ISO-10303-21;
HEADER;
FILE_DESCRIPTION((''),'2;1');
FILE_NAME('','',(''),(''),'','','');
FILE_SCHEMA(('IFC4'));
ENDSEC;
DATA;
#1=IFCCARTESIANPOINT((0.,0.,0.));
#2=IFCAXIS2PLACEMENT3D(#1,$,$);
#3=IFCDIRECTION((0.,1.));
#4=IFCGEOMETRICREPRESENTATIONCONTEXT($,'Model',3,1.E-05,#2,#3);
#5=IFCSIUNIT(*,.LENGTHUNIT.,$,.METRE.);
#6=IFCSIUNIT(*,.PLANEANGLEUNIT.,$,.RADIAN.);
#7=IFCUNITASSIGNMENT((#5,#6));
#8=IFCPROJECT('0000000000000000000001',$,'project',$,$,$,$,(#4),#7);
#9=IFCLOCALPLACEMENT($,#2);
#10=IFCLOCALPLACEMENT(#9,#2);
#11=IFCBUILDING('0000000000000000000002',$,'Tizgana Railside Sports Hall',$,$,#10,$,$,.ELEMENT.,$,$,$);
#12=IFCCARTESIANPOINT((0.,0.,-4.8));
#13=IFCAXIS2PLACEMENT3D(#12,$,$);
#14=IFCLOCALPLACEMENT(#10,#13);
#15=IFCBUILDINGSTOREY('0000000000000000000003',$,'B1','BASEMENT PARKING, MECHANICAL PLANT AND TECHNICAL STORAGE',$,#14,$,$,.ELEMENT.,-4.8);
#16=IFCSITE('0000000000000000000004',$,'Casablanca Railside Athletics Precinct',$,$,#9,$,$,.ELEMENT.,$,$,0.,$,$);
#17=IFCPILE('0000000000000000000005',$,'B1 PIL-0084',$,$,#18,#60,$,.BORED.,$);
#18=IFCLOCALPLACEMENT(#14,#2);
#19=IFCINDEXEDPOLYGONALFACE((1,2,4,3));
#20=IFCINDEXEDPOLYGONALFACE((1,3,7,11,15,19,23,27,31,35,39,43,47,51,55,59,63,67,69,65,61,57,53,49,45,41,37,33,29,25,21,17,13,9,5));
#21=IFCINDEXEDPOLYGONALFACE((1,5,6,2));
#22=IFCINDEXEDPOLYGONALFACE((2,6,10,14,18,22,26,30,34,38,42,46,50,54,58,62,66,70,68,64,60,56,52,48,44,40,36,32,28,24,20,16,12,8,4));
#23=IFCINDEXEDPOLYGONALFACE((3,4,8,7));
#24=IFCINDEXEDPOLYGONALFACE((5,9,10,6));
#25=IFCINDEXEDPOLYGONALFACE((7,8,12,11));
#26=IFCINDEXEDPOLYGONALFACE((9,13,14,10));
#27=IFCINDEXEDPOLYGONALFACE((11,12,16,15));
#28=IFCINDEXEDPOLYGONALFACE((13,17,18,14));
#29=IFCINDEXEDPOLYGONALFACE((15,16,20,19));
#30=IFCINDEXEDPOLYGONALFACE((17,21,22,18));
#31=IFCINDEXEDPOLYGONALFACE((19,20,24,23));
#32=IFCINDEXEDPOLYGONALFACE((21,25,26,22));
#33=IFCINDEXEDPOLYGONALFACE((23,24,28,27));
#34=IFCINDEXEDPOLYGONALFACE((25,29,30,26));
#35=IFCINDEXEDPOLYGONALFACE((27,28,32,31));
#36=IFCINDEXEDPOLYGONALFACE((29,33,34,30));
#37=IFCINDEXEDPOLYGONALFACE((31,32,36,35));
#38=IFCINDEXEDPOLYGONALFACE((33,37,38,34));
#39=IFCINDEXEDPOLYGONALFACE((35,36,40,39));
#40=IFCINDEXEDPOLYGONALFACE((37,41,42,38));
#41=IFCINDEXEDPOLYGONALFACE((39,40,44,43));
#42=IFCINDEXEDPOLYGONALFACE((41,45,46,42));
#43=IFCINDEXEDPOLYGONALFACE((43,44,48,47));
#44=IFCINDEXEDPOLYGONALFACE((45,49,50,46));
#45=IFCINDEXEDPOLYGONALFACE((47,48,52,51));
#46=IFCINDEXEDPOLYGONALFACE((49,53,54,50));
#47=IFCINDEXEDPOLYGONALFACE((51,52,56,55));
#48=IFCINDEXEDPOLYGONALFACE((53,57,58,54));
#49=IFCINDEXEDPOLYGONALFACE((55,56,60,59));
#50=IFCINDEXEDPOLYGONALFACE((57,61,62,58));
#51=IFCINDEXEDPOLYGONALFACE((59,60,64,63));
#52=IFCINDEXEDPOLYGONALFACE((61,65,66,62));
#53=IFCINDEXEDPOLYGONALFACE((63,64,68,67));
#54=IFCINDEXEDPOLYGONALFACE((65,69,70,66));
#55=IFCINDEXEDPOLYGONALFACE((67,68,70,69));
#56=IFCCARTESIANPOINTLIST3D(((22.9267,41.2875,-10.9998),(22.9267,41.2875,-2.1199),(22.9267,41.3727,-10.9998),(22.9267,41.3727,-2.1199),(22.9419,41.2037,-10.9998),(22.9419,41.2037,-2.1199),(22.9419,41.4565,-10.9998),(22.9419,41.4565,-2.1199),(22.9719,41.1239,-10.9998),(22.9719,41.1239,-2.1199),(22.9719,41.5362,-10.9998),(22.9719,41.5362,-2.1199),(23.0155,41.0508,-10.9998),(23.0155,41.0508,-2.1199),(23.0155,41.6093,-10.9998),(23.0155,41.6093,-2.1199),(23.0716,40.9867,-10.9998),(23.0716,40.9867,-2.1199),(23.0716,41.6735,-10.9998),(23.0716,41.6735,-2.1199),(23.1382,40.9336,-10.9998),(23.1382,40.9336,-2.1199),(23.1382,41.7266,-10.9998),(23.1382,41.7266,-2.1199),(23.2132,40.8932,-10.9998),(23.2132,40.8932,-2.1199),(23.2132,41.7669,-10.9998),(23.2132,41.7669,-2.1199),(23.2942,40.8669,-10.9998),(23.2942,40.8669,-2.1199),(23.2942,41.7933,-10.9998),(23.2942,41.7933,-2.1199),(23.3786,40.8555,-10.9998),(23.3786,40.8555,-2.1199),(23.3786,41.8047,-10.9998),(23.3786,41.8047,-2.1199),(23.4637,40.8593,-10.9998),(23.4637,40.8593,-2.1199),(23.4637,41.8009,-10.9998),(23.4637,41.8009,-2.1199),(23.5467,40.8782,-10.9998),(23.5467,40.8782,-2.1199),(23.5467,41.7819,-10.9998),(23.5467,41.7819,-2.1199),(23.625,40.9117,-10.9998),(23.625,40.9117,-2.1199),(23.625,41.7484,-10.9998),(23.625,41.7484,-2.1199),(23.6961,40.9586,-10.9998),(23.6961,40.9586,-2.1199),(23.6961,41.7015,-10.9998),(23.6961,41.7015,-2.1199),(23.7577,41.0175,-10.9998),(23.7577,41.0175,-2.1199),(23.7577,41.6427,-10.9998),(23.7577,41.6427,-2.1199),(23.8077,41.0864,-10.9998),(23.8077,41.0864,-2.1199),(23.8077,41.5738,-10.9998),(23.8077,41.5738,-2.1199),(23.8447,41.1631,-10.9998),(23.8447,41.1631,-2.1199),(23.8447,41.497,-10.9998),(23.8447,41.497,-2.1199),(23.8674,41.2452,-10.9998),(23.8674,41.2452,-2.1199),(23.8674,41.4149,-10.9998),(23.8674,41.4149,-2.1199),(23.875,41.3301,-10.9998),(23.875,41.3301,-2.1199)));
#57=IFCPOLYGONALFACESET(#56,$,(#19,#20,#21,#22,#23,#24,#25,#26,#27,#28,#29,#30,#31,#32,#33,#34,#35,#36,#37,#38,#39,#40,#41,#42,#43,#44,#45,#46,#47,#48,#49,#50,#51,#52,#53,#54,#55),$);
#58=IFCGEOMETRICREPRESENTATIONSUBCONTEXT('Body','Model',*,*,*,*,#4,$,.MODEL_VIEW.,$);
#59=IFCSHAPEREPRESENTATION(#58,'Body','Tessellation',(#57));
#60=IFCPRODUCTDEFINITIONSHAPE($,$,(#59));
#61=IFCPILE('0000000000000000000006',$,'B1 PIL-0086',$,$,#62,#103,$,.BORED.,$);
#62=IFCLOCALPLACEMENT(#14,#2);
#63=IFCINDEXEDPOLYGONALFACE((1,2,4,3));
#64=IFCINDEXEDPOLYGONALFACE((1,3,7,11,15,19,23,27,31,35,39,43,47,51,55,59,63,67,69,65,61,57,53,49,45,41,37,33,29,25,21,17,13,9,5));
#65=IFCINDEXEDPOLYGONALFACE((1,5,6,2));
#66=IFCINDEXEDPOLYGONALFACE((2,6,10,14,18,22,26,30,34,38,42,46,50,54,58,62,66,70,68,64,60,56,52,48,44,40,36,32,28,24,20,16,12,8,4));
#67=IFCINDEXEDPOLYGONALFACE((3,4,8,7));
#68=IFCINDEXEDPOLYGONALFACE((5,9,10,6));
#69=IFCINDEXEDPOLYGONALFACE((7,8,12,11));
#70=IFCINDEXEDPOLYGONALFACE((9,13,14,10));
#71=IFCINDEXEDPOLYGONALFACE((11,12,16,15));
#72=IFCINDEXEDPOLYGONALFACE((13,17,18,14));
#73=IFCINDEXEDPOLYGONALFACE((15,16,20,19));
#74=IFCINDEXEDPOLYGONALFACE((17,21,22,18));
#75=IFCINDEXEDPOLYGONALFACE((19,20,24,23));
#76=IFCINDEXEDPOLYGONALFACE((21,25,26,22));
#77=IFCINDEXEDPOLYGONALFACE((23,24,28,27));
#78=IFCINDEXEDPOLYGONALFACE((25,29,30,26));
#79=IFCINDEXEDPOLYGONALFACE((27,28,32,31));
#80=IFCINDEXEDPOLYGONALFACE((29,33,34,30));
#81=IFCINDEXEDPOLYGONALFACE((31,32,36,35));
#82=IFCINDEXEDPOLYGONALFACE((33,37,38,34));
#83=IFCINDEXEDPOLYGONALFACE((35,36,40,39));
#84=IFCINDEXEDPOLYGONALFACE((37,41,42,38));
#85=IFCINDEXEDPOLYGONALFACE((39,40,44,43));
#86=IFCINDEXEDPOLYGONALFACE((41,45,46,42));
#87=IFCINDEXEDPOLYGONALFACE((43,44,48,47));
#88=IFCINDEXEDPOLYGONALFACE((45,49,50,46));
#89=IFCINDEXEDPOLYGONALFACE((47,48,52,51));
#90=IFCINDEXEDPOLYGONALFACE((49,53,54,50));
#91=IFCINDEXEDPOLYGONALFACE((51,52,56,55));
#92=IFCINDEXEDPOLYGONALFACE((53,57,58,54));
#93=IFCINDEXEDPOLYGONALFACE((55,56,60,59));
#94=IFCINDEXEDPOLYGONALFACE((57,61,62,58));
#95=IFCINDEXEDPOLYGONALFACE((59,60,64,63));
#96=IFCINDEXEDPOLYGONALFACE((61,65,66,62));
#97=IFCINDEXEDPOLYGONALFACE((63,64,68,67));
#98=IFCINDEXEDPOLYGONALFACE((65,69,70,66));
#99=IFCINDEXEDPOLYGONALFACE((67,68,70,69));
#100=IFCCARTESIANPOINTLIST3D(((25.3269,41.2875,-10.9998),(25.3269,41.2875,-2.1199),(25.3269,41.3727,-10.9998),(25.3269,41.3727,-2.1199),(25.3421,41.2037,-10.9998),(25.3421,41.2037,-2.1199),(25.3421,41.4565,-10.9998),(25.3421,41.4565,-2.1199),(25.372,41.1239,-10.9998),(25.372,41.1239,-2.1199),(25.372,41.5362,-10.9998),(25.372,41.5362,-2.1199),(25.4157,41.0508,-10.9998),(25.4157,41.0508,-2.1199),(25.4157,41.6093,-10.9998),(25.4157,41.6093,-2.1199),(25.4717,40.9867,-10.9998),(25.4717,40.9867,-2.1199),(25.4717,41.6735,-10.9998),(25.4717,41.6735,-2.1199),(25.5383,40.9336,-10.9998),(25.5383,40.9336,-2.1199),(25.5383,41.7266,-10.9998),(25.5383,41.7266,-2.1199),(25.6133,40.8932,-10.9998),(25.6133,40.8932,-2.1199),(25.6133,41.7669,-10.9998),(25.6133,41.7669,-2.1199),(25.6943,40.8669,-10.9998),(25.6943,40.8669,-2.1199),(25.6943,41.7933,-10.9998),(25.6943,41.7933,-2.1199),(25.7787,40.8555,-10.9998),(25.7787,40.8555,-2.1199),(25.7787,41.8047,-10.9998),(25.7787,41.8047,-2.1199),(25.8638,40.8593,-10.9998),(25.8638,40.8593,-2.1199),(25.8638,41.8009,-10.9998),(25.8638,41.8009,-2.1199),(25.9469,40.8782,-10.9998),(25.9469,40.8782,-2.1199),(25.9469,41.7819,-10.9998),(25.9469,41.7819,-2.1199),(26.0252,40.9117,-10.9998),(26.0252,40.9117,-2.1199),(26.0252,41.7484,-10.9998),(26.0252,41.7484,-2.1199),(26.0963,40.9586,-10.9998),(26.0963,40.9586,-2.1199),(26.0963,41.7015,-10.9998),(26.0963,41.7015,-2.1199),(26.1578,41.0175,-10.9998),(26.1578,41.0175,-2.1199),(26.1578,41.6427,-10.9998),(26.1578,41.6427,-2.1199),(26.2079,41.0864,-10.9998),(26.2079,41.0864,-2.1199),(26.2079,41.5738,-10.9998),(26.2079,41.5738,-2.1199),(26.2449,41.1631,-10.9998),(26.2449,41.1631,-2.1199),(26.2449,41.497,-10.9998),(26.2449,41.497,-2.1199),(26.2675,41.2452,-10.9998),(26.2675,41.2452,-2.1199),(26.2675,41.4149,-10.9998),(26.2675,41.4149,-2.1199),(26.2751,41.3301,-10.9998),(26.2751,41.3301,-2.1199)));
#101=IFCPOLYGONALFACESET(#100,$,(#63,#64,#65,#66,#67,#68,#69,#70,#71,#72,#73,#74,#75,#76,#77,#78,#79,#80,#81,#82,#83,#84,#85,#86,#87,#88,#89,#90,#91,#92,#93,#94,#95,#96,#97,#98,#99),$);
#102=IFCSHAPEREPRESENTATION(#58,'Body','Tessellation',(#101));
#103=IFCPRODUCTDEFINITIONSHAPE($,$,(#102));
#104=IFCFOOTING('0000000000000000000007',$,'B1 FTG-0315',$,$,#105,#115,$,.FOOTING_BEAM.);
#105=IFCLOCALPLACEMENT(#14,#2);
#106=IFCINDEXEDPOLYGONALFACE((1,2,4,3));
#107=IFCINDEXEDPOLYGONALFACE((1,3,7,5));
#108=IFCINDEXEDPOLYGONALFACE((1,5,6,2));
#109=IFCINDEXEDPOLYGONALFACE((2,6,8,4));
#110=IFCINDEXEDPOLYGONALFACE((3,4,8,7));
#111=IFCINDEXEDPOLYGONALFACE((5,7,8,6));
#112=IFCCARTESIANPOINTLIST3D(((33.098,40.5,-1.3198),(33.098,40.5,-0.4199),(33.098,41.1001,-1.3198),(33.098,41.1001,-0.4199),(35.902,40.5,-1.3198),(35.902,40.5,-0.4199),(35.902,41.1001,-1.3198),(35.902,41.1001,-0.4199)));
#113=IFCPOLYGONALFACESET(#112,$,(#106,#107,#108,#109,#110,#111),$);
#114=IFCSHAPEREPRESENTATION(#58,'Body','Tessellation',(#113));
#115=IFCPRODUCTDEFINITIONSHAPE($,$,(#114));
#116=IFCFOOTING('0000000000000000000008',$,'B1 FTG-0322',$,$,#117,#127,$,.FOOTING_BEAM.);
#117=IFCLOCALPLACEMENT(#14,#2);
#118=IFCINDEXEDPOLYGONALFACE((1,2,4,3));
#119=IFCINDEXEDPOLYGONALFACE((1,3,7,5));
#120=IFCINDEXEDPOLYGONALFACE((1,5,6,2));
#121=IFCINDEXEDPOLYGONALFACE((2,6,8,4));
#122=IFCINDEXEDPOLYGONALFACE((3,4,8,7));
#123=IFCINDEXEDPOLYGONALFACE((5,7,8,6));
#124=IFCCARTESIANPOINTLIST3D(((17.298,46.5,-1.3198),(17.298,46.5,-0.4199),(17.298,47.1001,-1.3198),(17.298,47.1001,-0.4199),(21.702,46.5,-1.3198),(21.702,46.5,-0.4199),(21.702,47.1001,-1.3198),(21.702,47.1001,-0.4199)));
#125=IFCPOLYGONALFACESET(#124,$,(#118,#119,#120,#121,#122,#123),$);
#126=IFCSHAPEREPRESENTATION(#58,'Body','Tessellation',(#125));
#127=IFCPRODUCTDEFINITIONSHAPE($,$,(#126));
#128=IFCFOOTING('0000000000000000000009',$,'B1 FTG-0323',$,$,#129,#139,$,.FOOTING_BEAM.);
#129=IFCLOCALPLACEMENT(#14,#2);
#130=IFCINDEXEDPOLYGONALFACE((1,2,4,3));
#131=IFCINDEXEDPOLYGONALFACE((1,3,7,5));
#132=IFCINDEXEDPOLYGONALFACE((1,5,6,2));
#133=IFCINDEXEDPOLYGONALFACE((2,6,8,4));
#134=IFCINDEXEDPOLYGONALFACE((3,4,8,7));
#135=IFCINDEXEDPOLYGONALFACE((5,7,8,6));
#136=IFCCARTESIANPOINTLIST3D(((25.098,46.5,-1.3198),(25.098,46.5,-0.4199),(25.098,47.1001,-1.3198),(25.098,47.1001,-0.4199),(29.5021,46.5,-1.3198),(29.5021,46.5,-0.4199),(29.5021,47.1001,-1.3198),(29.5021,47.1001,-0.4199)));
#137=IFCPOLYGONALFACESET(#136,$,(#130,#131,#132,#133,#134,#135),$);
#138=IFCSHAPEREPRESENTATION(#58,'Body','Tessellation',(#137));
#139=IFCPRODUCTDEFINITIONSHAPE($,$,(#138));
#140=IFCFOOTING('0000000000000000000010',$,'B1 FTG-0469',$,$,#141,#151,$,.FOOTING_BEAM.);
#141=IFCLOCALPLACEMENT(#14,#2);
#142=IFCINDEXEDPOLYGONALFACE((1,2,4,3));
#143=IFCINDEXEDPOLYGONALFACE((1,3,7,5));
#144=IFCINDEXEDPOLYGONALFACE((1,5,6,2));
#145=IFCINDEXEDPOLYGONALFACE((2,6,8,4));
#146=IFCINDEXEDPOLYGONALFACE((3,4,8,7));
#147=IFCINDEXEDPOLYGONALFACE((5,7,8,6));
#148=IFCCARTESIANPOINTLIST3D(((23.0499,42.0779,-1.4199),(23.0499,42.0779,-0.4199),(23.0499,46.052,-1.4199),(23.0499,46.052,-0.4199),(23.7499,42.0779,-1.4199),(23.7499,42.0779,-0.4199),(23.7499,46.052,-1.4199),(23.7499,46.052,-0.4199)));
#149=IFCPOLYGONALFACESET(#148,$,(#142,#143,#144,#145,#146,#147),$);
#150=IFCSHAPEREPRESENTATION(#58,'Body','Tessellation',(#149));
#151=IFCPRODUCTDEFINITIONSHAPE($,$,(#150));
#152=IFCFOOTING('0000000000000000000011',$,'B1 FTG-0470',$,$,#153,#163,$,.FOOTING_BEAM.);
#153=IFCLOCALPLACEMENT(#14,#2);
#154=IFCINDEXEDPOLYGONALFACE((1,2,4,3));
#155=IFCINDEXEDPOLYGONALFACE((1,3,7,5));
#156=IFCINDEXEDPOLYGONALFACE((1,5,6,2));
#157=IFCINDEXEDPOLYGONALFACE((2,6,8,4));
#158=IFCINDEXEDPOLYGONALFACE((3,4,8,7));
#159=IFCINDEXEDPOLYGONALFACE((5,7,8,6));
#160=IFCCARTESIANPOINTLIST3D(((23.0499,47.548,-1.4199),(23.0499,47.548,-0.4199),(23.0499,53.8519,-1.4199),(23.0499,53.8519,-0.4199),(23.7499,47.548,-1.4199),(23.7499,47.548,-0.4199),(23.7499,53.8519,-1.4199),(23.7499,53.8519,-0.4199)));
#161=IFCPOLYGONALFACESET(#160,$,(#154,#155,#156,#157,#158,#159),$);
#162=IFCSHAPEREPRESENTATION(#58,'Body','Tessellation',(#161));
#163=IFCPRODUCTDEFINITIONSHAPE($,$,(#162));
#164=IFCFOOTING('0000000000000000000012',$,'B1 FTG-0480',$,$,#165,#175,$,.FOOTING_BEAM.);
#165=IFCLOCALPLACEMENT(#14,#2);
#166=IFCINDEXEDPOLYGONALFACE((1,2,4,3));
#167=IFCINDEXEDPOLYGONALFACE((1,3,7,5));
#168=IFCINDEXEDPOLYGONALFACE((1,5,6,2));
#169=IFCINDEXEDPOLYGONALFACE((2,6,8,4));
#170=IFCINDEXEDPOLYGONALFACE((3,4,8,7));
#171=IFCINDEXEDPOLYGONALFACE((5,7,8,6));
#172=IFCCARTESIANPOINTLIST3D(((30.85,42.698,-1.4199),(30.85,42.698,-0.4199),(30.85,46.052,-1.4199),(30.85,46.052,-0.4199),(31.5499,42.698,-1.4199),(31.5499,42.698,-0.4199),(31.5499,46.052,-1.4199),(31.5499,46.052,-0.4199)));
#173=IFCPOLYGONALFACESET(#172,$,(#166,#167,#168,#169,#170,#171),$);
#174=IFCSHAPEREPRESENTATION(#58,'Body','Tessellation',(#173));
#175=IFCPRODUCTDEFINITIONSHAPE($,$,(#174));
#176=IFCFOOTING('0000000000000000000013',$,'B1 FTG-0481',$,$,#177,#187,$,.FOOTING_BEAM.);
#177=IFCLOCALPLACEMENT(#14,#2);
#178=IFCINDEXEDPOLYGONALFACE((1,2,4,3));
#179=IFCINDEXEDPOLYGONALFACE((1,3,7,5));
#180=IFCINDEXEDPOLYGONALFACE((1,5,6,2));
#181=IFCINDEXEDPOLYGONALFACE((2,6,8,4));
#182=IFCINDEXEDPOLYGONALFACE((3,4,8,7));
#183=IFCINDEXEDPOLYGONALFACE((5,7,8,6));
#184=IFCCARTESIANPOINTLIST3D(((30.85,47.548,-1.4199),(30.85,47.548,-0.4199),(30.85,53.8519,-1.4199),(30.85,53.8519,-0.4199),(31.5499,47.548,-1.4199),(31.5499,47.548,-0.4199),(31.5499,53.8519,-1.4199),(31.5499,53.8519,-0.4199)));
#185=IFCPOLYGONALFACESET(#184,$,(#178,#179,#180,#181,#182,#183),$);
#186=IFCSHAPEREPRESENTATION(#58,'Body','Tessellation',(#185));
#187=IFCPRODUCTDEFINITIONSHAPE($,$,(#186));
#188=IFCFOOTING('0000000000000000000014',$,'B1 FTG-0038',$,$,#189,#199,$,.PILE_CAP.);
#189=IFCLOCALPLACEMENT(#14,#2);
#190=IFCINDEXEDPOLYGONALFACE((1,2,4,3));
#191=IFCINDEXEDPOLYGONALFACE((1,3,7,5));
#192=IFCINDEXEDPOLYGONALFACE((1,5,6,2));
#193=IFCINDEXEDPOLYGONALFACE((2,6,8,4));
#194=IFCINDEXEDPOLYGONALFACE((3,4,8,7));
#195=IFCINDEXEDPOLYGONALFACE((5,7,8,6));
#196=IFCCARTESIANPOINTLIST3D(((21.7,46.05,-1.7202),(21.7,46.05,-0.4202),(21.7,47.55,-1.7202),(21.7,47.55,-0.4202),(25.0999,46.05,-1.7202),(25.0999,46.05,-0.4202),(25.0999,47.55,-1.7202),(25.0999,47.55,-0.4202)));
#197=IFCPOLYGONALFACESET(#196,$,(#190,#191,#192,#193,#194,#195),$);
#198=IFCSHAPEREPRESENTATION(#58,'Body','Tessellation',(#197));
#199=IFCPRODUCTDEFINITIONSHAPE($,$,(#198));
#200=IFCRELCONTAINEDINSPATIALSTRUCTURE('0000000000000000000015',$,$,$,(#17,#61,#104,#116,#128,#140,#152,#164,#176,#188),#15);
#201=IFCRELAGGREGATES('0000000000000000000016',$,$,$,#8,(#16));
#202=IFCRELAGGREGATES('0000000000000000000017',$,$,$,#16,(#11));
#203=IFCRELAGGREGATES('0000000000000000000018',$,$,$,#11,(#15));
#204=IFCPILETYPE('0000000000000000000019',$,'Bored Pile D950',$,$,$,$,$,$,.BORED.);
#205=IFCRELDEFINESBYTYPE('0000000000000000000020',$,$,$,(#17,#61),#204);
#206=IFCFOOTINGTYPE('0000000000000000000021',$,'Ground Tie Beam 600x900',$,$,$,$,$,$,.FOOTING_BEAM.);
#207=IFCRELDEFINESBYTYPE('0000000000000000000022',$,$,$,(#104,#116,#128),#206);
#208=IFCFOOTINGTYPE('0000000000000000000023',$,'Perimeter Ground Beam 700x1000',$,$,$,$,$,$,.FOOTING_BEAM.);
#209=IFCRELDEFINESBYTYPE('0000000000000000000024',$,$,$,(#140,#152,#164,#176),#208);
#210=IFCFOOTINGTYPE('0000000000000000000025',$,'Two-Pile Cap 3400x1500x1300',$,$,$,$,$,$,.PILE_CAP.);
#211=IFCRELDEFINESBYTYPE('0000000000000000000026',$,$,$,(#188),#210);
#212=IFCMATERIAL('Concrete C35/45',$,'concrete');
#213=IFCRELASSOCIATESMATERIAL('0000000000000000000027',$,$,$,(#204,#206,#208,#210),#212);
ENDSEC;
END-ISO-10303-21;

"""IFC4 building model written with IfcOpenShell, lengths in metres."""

from ifc_helpers import new_model, si_unit, direction, frame, origin, origin_2d, place, context, subcontext, project, spatial, rectangle, circle, extrude, material, material_profile, profile_set, type_object, element, save


model = new_model("IFC4")

# Units and contexts
model_context = context("Model", 3, precision=1e-05, world=origin(), true_north=direction((0.0, 1.0)))
body_context = subcontext(model_context, "Body", "Model", "MODEL_VIEW")
ifc_project = project(units=[si_unit("LENGTHUNIT", "METRE"), si_unit("PLANEANGLEUNIT", "RADIAN")], contexts=[model_context])

# Site, building, storey
site_placement = place(None, origin())
site = spatial("IfcSite", under=ifc_project, at=site_placement, Name="Casablanca Railside Athletics Precinct", CompositionType="ELEMENT", RefElevation=0.0)
building_placement = place(site_placement, origin())
building = spatial("IfcBuilding", under=site, at=building_placement, Name="Tizgana Railside Sports Hall", CompositionType="ELEMENT")
storey_placement = place(building_placement, frame((0.0, 0.0, -4.8)))
storey = spatial("IfcBuildingStorey", under=building, at=storey_placement, Name="B1", Description="BASEMENT PARKING, MECHANICAL PLANT AND TECHNICAL STORAGE", CompositionType="ELEMENT", Elevation=-4.8)

# Piles
ifc_material_1 = material(Name="Concrete C35/45", Category="concrete")
ifc_material_profile_1 = material_profile(ifc_material_1, circle(Radius=0.4751, at=origin_2d()), Name="PILE D950")
ifc_profile_set_1 = profile_set([ifc_material_profile_1], Name="Concrete C35/45")
pile_type_1 = type_object("IfcPileType", Name="Bored Pile D950", PredefinedType="BORED", material=ifc_profile_set_1)
for number, where, z_axis, x_axis, name in (
    (1, (23.3999, 41.3301, -2.1199), (0.0, 0.0, -1.0), (1.0, 0.0, 0.0), "B1 PIL-0084"),
    (2, (25.8, 41.3301, -2.1199), (0.0, 0.0, -1.0), (1.0, 0.0, 0.0), "B1 PIL-0086"),
):
    element("IfcPile", number, at=place(storey_placement, frame(where, z_axis=z_axis, x_axis=x_axis)), inside=storey, type_object=pile_type_1, Name=name, PredefinedType="BORED", context=body_context, shape_type="SweptSolid", body=[
        extrude(circle(Radius=0.4751, at=origin_2d()), origin(), (0.0, 0.0, 1.0), 8.8799),
    ])

# Footings
footing_type_1 = type_object("IfcFootingType", Name="Ground Tie Beam 600x900", PredefinedType="FOOTING_BEAM", material=ifc_material_1)
footing_1_placement = place(storey_placement, frame((34.5, 40.8, -1.3198), z_axis=(0.0, 0.0, 1.0), x_axis=(1.0, 0.0, 0.0)))
element("IfcFooting", 3, at=footing_1_placement, inside=storey, type_object=footing_type_1, Name="B1 FTG-0315", PredefinedType="FOOTING_BEAM", context=body_context, shape_type="SweptSolid", body=[
    extrude(rectangle(XDim=2.804, YDim=0.6001, at=origin_2d()), origin(), (0.0, 0.0, 1.0), 0.8999),
])
for number, where, z_axis, x_axis, name in (
    (4, (19.5, 46.8, -1.3198), (0.0, 0.0, 1.0), (1.0, 0.0, 0.0), "B1 FTG-0322"),
    (5, (27.3, 46.8, -1.3198), (0.0, 0.0, 1.0), (1.0, 0.0, 0.0), "B1 FTG-0323"),
):
    element("IfcFooting", number, at=place(storey_placement, frame(where, z_axis=z_axis, x_axis=x_axis)), inside=storey, type_object=footing_type_1, Name=name, PredefinedType="FOOTING_BEAM", context=body_context, shape_type="SweptSolid", body=[
        extrude(rectangle(XDim=4.4041, YDim=0.6001, at=origin_2d()), origin(), (0.0, 0.0, 1.0), 0.8999),
    ])
footing_type_2 = type_object("IfcFootingType", Name="Perimeter Ground Beam 700x1000", PredefinedType="FOOTING_BEAM", material=ifc_material_1)
footing_2_placement = place(storey_placement, frame((23.3999, 44.0649, -1.4199), z_axis=(0.0, 0.0, 1.0), x_axis=(0.0, 1.0, 0.0)))
element("IfcFooting", 6, at=footing_2_placement, inside=storey, type_object=footing_type_2, Name="B1 FTG-0469", PredefinedType="FOOTING_BEAM", context=body_context, shape_type="SweptSolid", body=[
    extrude(rectangle(XDim=3.9741, YDim=0.7, at=origin_2d()), origin(), (0.0, 0.0, 1.0), 1.0),
])
footing_3_placement = place(storey_placement, frame((23.3999, 50.7, -1.4199), z_axis=(0.0, 0.0, 1.0), x_axis=(0.0, 1.0, 0.0)))
element("IfcFooting", 7, at=footing_3_placement, inside=storey, type_object=footing_type_2, Name="B1 FTG-0470", PredefinedType="FOOTING_BEAM", context=body_context, shape_type="SweptSolid", body=[
    extrude(rectangle(XDim=6.304, YDim=0.7, at=origin_2d()), origin(), (0.0, 0.0, 1.0), 1.0),
])
footing_4_placement = place(storey_placement, frame((31.2, 44.375, -1.4199), z_axis=(0.0, 0.0, 1.0), x_axis=(0.0, 1.0, 0.0)))
element("IfcFooting", 8, at=footing_4_placement, inside=storey, type_object=footing_type_2, Name="B1 FTG-0480", PredefinedType="FOOTING_BEAM", context=body_context, shape_type="SweptSolid", body=[
    extrude(rectangle(XDim=3.354, YDim=0.7, at=origin_2d()), origin(), (0.0, 0.0, 1.0), 1.0),
])
footing_5_placement = place(storey_placement, frame((31.2, 50.7, -1.4199), z_axis=(0.0, 0.0, 1.0), x_axis=(0.0, 1.0, 0.0)))
element("IfcFooting", 9, at=footing_5_placement, inside=storey, type_object=footing_type_2, Name="B1 FTG-0481", PredefinedType="FOOTING_BEAM", context=body_context, shape_type="SweptSolid", body=[
    extrude(rectangle(XDim=6.304, YDim=0.7, at=origin_2d()), origin(), (0.0, 0.0, 1.0), 1.0),
])
footing_type_3 = type_object("IfcFootingType", Name="Two-Pile Cap 3400x1500x1300", PredefinedType="PILE_CAP", material=ifc_material_1)
for number, where, z_axis, x_axis, name in (
    (10, (23.3999, 46.8, -1.7202), (0.0, 0.0, 1.0), (1.0, 0.0, 0.0), "B1 FTG-0038"),
):
    element("IfcFooting", number, at=place(storey_placement, frame(where, z_axis=z_axis, x_axis=x_axis)), inside=storey, type_object=footing_type_3, Name=name, PredefinedType="PILE_CAP", context=body_context, shape_type="SweptSolid", body=[
        extrude(rectangle(XDim=3.3999, YDim=1.5, at=origin_2d()), origin(), (0.0, 0.0, 1.0), 1.3),
    ])

save(model, "model.ifc")
